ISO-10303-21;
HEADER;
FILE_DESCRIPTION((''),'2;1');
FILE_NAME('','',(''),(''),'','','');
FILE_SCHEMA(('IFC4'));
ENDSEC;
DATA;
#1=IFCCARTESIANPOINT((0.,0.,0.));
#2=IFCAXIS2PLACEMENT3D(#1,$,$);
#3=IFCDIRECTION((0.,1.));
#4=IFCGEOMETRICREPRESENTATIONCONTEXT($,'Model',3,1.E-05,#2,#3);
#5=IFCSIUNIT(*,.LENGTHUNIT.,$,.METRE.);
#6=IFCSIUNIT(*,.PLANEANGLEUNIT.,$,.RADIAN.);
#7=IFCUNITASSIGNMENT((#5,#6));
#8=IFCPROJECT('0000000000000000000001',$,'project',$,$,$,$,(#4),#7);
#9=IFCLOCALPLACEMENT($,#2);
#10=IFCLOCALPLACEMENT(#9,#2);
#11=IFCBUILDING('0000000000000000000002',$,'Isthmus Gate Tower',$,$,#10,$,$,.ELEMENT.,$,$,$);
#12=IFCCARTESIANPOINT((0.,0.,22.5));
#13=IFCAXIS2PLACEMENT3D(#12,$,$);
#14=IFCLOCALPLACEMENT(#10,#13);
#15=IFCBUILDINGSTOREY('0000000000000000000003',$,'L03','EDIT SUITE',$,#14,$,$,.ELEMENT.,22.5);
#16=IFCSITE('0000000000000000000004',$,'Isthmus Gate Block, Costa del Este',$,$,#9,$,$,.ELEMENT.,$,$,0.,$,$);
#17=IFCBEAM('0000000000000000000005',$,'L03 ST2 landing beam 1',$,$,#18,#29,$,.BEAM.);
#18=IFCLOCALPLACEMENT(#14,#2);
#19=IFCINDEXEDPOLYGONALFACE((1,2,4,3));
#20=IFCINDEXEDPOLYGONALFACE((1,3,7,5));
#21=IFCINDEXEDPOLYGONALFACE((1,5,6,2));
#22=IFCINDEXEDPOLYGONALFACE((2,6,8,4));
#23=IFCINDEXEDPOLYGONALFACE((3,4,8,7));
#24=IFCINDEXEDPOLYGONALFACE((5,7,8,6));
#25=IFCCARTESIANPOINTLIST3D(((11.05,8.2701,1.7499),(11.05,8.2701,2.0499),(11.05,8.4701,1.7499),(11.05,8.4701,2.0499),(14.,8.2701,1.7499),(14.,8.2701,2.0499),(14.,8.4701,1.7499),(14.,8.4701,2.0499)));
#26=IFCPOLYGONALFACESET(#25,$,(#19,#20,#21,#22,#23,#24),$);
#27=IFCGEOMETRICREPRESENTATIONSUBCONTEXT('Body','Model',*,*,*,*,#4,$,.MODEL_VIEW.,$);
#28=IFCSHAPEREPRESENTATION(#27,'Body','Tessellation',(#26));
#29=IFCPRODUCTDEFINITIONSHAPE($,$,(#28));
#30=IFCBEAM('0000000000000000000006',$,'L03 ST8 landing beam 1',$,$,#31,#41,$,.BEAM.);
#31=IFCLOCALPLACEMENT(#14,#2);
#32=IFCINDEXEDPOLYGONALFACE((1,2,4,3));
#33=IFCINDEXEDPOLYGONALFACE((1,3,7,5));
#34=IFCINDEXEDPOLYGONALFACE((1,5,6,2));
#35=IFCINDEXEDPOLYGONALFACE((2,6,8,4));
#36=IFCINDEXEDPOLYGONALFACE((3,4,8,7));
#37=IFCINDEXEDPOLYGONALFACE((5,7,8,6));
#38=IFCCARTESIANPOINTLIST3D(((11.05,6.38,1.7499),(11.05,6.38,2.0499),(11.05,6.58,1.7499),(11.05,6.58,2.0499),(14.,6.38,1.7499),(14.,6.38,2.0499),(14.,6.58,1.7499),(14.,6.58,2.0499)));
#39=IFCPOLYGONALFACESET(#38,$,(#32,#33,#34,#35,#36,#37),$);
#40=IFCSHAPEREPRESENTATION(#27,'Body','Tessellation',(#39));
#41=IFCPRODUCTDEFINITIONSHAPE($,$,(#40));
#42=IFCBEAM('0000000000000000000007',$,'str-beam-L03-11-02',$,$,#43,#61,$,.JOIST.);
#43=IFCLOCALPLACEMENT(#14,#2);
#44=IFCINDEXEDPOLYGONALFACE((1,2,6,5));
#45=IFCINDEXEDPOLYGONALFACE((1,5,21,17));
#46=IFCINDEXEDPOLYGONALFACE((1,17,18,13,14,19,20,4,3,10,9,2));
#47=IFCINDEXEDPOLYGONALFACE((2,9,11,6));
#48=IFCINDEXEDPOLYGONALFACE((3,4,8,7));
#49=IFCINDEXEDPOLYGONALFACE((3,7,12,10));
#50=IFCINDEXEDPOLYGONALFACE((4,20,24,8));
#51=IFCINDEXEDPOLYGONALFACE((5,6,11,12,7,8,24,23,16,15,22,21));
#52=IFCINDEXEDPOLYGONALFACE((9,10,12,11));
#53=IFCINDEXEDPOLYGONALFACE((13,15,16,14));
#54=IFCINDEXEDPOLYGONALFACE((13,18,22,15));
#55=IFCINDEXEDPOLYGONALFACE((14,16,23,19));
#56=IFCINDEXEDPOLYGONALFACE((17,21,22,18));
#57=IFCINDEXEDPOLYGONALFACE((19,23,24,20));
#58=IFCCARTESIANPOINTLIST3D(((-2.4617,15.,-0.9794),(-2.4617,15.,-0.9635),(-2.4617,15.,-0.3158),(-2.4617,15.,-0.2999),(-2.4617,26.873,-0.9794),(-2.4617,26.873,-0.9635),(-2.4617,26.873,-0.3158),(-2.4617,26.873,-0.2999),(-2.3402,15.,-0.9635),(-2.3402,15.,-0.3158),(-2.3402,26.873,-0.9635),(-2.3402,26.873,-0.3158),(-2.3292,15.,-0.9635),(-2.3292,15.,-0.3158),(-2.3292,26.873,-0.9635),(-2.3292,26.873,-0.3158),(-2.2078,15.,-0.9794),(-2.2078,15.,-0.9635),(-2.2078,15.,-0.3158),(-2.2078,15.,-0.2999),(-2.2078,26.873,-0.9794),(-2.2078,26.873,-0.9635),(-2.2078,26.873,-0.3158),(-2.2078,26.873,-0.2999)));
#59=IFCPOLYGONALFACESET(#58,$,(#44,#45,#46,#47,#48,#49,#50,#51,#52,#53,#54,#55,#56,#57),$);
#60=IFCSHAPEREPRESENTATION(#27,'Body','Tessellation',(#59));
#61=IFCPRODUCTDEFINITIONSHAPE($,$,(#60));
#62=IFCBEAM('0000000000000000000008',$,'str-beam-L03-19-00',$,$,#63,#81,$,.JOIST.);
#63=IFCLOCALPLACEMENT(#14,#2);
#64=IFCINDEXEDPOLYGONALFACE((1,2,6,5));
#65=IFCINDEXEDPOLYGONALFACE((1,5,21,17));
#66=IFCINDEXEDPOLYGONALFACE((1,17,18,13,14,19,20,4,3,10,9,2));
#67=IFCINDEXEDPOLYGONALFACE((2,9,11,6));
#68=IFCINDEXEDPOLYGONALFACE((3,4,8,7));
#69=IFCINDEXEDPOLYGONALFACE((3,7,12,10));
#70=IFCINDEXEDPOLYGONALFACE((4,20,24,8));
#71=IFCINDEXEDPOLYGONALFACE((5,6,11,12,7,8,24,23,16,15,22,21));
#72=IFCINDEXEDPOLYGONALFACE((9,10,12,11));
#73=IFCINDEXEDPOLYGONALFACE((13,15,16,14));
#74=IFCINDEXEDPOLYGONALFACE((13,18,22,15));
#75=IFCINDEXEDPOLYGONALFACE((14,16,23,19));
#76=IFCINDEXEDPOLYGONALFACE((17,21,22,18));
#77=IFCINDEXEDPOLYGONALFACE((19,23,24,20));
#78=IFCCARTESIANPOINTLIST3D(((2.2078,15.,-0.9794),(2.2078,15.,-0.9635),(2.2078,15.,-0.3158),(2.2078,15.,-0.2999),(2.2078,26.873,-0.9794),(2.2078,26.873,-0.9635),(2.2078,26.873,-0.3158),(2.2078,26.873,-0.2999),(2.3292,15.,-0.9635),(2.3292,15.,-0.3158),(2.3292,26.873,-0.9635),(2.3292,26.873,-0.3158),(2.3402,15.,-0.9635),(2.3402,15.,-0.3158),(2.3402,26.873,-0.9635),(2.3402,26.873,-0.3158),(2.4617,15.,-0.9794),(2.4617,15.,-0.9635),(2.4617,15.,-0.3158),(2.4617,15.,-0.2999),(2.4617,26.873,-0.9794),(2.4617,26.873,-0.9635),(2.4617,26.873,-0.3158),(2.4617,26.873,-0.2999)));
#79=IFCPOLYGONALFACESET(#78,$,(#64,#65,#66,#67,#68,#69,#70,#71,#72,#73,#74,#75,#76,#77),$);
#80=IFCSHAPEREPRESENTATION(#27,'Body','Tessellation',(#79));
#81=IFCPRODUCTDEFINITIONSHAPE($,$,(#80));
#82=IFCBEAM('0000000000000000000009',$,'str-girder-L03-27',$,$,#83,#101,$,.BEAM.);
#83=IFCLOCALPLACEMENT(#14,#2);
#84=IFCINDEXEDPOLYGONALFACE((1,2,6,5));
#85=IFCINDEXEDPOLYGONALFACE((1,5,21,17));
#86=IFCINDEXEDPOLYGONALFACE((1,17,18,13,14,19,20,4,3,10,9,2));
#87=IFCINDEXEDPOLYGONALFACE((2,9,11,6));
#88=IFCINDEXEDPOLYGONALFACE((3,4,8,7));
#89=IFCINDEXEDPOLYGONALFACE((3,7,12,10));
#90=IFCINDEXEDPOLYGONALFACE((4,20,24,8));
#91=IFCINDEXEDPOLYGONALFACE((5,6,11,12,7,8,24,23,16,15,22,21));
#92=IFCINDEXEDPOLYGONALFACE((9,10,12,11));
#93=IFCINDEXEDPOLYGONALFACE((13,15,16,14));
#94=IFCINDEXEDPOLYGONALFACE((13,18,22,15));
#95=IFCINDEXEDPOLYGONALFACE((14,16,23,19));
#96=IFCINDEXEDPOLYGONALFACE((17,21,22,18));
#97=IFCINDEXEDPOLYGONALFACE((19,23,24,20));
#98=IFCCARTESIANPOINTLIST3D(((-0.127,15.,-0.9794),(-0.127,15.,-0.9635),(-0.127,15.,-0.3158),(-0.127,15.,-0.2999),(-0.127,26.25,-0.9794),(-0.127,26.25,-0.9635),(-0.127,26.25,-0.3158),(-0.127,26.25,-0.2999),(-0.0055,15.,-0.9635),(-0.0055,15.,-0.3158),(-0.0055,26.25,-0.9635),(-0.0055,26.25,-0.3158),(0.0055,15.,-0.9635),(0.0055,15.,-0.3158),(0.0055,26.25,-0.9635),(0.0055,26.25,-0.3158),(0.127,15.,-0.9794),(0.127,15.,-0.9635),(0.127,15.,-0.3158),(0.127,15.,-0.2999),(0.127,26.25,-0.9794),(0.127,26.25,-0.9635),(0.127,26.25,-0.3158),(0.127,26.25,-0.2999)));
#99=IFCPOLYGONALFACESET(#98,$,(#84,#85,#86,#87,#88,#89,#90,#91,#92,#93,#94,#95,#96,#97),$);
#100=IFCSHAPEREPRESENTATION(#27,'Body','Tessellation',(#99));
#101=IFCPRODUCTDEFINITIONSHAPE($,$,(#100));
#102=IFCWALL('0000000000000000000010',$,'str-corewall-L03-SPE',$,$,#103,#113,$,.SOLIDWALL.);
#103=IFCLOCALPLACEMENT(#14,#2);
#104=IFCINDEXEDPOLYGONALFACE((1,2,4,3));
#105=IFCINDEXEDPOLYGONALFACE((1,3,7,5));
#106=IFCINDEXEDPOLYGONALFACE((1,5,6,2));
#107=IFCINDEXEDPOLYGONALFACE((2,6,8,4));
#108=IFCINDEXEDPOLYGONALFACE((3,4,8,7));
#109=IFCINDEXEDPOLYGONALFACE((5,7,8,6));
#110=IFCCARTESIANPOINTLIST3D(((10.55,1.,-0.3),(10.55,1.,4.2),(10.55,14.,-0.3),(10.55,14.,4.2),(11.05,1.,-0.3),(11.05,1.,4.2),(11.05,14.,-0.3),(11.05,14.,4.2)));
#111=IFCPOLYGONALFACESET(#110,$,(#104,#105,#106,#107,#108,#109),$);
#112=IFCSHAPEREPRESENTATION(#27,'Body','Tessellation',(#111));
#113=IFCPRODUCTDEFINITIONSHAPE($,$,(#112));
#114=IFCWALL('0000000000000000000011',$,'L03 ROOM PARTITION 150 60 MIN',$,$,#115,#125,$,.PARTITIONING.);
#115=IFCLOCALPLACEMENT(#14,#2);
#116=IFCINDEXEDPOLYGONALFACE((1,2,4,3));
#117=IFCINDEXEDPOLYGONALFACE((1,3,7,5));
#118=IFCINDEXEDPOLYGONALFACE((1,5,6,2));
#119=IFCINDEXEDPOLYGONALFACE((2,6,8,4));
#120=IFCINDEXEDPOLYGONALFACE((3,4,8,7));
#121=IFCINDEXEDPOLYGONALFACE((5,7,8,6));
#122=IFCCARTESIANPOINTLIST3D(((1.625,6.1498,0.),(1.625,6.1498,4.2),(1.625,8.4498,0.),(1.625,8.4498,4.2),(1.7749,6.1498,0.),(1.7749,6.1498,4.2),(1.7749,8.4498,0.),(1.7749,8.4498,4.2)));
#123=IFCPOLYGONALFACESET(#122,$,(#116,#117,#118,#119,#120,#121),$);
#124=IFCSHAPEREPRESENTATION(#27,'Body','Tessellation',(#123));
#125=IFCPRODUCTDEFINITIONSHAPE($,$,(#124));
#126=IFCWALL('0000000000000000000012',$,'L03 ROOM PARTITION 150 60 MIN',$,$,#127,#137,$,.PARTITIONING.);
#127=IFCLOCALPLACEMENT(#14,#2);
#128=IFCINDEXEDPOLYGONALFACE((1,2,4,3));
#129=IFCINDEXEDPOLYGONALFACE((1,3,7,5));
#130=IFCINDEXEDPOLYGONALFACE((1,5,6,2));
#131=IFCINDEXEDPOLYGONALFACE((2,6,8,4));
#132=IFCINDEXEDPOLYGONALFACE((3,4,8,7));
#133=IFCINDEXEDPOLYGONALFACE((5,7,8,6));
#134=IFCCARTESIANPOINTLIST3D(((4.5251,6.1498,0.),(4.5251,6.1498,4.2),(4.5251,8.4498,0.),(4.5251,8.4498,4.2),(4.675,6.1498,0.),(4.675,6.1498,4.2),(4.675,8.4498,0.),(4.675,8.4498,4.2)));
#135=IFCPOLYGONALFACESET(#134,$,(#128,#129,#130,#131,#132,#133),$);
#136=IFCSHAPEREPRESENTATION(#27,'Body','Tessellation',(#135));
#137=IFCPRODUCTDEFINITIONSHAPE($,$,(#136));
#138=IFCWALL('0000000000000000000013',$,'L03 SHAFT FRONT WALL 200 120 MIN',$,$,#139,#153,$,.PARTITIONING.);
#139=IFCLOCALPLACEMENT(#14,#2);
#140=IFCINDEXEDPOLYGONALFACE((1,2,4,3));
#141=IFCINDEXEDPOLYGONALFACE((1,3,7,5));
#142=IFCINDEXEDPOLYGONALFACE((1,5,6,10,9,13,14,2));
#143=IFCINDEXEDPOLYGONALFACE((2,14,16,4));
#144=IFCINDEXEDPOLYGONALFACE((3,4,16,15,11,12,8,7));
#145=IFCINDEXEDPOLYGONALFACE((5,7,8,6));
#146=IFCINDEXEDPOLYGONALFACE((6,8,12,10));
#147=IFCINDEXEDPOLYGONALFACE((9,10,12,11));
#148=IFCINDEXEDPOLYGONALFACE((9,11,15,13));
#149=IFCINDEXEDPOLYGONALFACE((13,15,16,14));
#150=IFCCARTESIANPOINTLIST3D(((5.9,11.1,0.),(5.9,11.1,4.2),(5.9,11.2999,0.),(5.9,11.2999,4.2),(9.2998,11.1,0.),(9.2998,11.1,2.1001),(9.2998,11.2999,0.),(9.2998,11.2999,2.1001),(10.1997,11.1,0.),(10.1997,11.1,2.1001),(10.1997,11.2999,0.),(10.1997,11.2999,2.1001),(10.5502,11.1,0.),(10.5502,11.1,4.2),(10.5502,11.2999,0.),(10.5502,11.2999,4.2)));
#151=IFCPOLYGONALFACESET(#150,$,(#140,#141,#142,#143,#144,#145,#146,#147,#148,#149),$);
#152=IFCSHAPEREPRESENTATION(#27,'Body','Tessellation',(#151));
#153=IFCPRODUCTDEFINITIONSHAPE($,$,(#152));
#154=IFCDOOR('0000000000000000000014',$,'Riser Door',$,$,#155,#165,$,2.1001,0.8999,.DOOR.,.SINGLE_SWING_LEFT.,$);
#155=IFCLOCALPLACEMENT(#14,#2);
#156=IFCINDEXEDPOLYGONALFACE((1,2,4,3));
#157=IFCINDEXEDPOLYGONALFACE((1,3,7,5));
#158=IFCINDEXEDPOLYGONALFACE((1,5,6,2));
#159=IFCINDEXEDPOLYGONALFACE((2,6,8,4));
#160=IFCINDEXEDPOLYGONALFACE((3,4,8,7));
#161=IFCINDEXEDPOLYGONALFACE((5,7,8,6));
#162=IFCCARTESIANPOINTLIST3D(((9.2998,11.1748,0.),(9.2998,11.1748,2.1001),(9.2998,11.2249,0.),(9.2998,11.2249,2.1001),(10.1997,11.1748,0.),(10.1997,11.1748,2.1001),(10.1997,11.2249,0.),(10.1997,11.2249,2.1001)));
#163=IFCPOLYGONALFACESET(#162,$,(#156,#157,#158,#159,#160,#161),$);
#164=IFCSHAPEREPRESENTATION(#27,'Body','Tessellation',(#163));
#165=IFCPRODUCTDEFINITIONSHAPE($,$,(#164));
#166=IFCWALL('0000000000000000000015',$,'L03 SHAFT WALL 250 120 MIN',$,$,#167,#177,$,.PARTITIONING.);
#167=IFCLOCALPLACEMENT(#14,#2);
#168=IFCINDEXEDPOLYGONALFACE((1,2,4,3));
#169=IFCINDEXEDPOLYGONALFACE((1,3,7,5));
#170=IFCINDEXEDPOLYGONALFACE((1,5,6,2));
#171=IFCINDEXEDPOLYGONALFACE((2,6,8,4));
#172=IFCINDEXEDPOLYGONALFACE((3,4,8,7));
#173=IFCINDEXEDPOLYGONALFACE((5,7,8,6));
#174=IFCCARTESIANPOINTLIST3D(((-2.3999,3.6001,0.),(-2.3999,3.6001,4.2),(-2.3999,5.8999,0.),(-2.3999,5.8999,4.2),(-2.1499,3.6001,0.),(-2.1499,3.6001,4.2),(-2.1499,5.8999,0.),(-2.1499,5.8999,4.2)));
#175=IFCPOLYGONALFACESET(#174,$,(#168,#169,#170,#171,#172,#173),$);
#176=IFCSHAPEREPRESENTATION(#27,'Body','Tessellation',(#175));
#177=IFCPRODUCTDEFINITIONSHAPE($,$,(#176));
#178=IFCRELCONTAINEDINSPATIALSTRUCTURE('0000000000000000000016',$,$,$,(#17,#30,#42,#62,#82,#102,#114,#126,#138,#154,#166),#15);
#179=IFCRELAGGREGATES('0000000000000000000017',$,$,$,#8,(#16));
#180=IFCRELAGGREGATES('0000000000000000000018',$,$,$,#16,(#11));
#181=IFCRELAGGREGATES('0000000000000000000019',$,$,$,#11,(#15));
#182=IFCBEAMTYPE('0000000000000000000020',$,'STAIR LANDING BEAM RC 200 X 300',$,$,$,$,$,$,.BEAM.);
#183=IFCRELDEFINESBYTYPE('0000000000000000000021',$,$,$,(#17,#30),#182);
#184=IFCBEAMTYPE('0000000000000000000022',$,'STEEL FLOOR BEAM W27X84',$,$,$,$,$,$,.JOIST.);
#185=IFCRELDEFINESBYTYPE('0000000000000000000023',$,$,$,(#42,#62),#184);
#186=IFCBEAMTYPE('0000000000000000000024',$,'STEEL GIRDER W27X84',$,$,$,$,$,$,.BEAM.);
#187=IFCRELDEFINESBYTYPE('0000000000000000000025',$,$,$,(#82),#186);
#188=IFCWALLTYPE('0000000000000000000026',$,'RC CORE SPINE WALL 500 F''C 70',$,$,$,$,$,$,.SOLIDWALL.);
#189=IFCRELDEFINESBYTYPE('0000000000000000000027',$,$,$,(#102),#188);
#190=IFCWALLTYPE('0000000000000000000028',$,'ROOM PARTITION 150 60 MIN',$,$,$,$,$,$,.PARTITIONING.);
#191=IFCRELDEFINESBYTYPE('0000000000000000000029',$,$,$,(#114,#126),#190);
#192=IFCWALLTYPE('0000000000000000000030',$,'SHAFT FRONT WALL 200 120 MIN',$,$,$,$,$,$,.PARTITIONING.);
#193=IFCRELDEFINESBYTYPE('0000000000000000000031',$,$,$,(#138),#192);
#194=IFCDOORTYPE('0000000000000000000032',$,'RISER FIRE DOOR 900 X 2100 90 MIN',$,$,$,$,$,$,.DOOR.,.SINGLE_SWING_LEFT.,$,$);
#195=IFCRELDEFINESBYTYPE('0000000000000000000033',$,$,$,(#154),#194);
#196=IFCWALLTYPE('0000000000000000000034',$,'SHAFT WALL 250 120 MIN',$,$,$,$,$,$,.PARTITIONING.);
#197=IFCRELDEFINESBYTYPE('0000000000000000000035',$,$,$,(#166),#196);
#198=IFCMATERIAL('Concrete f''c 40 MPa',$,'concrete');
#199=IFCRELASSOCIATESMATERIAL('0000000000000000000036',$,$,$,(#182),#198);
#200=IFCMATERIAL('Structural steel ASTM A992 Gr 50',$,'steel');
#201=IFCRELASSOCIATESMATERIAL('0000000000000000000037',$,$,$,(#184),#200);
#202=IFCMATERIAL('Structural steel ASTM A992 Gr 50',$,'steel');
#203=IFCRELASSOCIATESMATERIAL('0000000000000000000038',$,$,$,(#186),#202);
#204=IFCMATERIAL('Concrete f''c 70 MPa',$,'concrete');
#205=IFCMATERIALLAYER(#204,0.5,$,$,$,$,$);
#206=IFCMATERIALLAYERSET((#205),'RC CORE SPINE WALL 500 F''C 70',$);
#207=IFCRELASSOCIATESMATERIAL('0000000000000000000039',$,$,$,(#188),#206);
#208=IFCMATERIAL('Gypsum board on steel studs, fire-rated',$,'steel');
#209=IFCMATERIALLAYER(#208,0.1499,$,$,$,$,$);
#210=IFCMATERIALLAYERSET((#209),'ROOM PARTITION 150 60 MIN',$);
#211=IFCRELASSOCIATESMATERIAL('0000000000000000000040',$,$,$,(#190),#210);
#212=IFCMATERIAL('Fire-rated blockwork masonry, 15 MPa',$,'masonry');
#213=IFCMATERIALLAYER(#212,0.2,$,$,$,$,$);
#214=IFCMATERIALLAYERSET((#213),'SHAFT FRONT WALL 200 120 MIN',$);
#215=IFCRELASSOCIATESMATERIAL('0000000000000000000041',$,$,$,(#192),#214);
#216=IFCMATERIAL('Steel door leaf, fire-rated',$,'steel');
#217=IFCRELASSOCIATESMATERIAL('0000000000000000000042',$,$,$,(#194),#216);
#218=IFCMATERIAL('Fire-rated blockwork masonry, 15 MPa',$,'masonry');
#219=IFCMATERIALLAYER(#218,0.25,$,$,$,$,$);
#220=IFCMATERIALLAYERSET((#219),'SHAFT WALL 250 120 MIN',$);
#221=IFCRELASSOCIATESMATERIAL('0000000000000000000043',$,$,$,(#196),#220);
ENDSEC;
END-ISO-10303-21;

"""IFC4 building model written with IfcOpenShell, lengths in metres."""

from ifc_helpers import new_model, si_unit, direction, frame, frame_2d, origin, origin_2d, place, context, subcontext, project, spatial, rectangle, i_section, extrude, material, layer, layer_set, material_profile, profile_set, type_object, element, fill, save


model = new_model("IFC4")

# Units and contexts
model_context = context("Model", 3, precision=1e-05, world=origin(), true_north=direction((0.0, 1.0)))
body_context = subcontext(model_context, "Body", "Model", "MODEL_VIEW")
ifc_project = project(units=[si_unit("LENGTHUNIT", "METRE"), si_unit("PLANEANGLEUNIT", "RADIAN")], contexts=[model_context])

# Site, building, storey
site_placement = place(None, origin())
site = spatial("IfcSite", under=ifc_project, at=site_placement, Name="Isthmus Gate Block, Costa del Este", CompositionType="ELEMENT", RefElevation=0.0)
building_placement = place(site_placement, origin())
building = spatial("IfcBuilding", under=site, at=building_placement, Name="Isthmus Gate Tower", CompositionType="ELEMENT")
storey_placement = place(building_placement, frame((0.0, 0.0, 22.5)))
storey = spatial("IfcBuildingStorey", under=building, at=storey_placement, Name="L03", Description="EDIT SUITE", CompositionType="ELEMENT", Elevation=22.5)

# Beams
ifc_material_1 = material(Name="Concrete f'c 40 MPa", Category="concrete")
ifc_material_profile_1 = material_profile(ifc_material_1, rectangle(XDim=0.2, YDim=0.3, at=origin_2d()), Name="STAIR LANDING BEAM RC 200 X 300")
ifc_profile_set_1 = profile_set([ifc_material_profile_1], Name="Concrete f'c 40 MPa")
beam_type_1 = type_object("IfcBeamType", Name="STAIR LANDING BEAM RC 200 X 300", PredefinedType="BEAM", material=ifc_profile_set_1)
for number, where, z_axis, x_axis, name in (
    (1, (11.05, 8.3701, 1.8999), (1.0, 0.0, 0.0), (0.0, 1.0, 0.0), "L03 ST2 landing beam 1"),
    (2, (11.05, 6.48, 1.8999), (1.0, 0.0, 0.0), (0.0, 1.0, 0.0), "L03 ST8 landing beam 1"),
):
    element("IfcBeam", number, at=place(storey_placement, frame(where, z_axis=z_axis, x_axis=x_axis)), inside=storey, type_object=beam_type_1, Name=name, PredefinedType="BEAM", context=body_context, shape_type="SweptSolid", body=[
        extrude(rectangle(XDim=0.2, YDim=0.3, at=origin_2d()), origin(), (0.0, 0.0, 1.0), 2.95),
    ])
ifc_material_2 = material(Name="Structural steel ASTM A992 Gr 50", Category="steel")
ifc_material_profile_2 = material_profile(ifc_material_2, i_section(OverallWidth=0.2539, OverallDepth=0.6794, WebThickness=0.011, FlangeThickness=0.0159, at=origin_2d()), Name="W27X84")
ifc_profile_set_2 = profile_set([ifc_material_profile_2], Name="Structural steel ASTM A992 Gr 50")
beam_type_2 = type_object("IfcBeamType", Name="STEEL FLOOR BEAM W27X84", PredefinedType="JOIST", material=ifc_profile_set_2)
for number, where, z_axis, x_axis, name in (
    (3, (-2.3347, 15.0, -0.6396), (0.0, 1.0, 0.0), (-1.0, 0.0, 0.0), "str-beam-L03-11-02"),
    (4, (2.3347, 15.0, -0.6396), (0.0, 1.0, 0.0), (-1.0, 0.0, 0.0), "str-beam-L03-19-00"),
):
    element("IfcBeam", number, at=place(storey_placement, frame(where, z_axis=z_axis, x_axis=x_axis)), inside=storey, type_object=beam_type_2, Name=name, PredefinedType="JOIST", context=body_context, shape_type="SweptSolid", body=[
        extrude(i_section(OverallWidth=0.2539, OverallDepth=0.6794, WebThickness=0.011, FlangeThickness=0.0159, at=origin_2d()), origin(), (0.0, 0.0, 1.0), 11.873),
    ])
ifc_material_3 = material(Name="Structural steel ASTM A992 Gr 50", Category="steel")
ifc_material_profile_3 = material_profile(ifc_material_3, i_section(OverallWidth=0.2539, OverallDepth=0.6794, WebThickness=0.011, FlangeThickness=0.0159, at=origin_2d()), Name="W27X84")
ifc_profile_set_3 = profile_set([ifc_material_profile_3], Name="Structural steel ASTM A992 Gr 50")
beam_type_3 = type_object("IfcBeamType", Name="STEEL GIRDER W27X84", PredefinedType="BEAM", material=ifc_profile_set_3)
beam_placement = place(storey_placement, frame((0.0, 15.0, -0.6396), z_axis=(0.0, 1.0, 0.0), x_axis=(-1.0, 0.0, 0.0)))
element("IfcBeam", 5, at=beam_placement, inside=storey, type_object=beam_type_3, Name="str-girder-L03-27", PredefinedType="BEAM", context=body_context, shape_type="SweptSolid", body=[
    extrude(i_section(OverallWidth=0.2539, OverallDepth=0.6794, WebThickness=0.011, FlangeThickness=0.0159, at=origin_2d()), origin(), (0.0, 0.0, 1.0), 11.25),
])

# Walls
ifc_material_4 = material(Name="Concrete f'c 70 MPa", Category="concrete")
ifc_layer_1 = layer(ifc_material_4, 0.5)
ifc_layer_set_1 = layer_set([ifc_layer_1], Name="RC CORE SPINE WALL 500 F'C 70")
wall_type_1 = type_object("IfcWallType", Name="RC CORE SPINE WALL 500 F'C 70", PredefinedType="SOLIDWALL", material=ifc_layer_set_1)
wall_1_placement = place(storey_placement, frame((10.8, 1.0, -0.3), z_axis=(0.0, 0.0, 1.0), x_axis=(0.0, 1.0, 0.0)))
element("IfcWall", 6, at=wall_1_placement, inside=storey, type_object=wall_type_1, Name="str-corewall-L03-SPE", PredefinedType="SOLIDWALL", context=body_context, shape_type="SweptSolid", body=[
    extrude(rectangle(XDim=13.0, YDim=0.5, at=frame_2d((6.5, 0.0))), origin(), (0.0, 0.0, 1.0), 4.5),
])
ifc_material_5 = material(Name="Gypsum board on steel studs, fire-rated", Category="steel")
ifc_layer_2 = layer(ifc_material_5, 0.1499)
ifc_layer_set_2 = layer_set([ifc_layer_2], Name="ROOM PARTITION 150 60 MIN")
wall_type_2 = type_object("IfcWallType", Name="ROOM PARTITION 150 60 MIN", PredefinedType="PARTITIONING", material=ifc_layer_set_2)
for number, where, z_axis, x_axis, name in (
    (7, (1.7, 6.1499, 0.0), (0.0, 0.0, 1.0), (0.0, 1.0, 0.0), "L03 ROOM PARTITION 150 60 MIN"),
    (8, (4.6001, 6.1499, 0.0), (0.0, 0.0, 1.0), (0.0, 1.0, 0.0), "L03 ROOM PARTITION 150 60 MIN"),
):
    element("IfcWall", number, at=place(storey_placement, frame(where, z_axis=z_axis, x_axis=x_axis)), inside=storey, type_object=wall_type_2, Name=name, PredefinedType="PARTITIONING", context=body_context, shape_type="SweptSolid", body=[
        extrude(rectangle(XDim=2.3, YDim=0.1499, at=frame_2d((1.1499, 0.0))), origin(), (0.0, 0.0, 1.0), 4.2),
    ])

# Wall, opening, door
ifc_material_6 = material(Name="Fire-rated blockwork masonry, 15 MPa", Category="masonry")
ifc_layer_3 = layer(ifc_material_6, 0.2)
ifc_layer_set_3 = layer_set([ifc_layer_3], Name="SHAFT FRONT WALL 200 120 MIN")
wall_type_3 = type_object("IfcWallType", Name="SHAFT FRONT WALL 200 120 MIN", PredefinedType="PARTITIONING", material=ifc_layer_set_3)
wall_2_placement = place(storey_placement, frame((5.8999, 11.2, 0.0), z_axis=(0.0, 0.0, 1.0), x_axis=(1.0, 0.0, 0.0)))
wall_2 = element("IfcWall", 9, at=wall_2_placement, inside=storey, type_object=wall_type_3, Name="L03 SHAFT FRONT WALL 200 120 MIN", PredefinedType="PARTITIONING", context=body_context, shape_type="SweptSolid", body=[
    extrude(rectangle(XDim=4.6501, YDim=0.2, at=frame_2d((2.3252, 0.0))), origin(), (0.0, 0.0, 1.0), 4.2),
])
opening_placement = place(wall_2_placement, frame((3.3999, 0.0, 0.0)))
opening = element("IfcOpeningElement", 10, at=opening_placement, cuts=wall_2, PredefinedType="OPENING", context=body_context, shape_type="SweptSolid", body=[
    extrude(rectangle(XDim=0.8999, YDim=2.1001, at=frame_2d((0.45, 1.05))), frame((0.0, 0.1099, 0.0), z_axis=(0.0, -1.0, 0.0), x_axis=(1.0, 0.0, 0.0)), (0.0, 0.0, 1.0), 0.22),
])
ifc_material_7 = material(Name="Steel door leaf, fire-rated", Category="steel")
door_type = type_object("IfcDoorType", Name="RISER FIRE DOOR 900 X 2100 90 MIN", OperationType="SINGLE_SWING_LEFT", PredefinedType="DOOR", material=ifc_material_7)
door_placement = place(opening_placement, origin())
door = element("IfcDoor", 11, at=door_placement, inside=storey, type_object=door_type, Name="Riser Door", OperationType="SINGLE_SWING_LEFT", OverallHeight=2.1001, OverallWidth=0.8999, PredefinedType="DOOR", context=body_context, shape_type="SweptSolid", body=[
    extrude(rectangle(XDim=0.8999, YDim=2.1001, at=frame_2d((0.45, 1.05))), frame((0.0, 0.0249, 0.0), z_axis=(0.0, -1.0, 0.0), x_axis=(1.0, 0.0, 0.0)), (0.0, 0.0, 1.0), 0.05),
])
fill(opening, door)

# Wall
ifc_material_8 = material(Name="Fire-rated blockwork masonry, 15 MPa", Category="masonry")
ifc_layer_4 = layer(ifc_material_8, 0.25)
ifc_layer_set_4 = layer_set([ifc_layer_4], Name="SHAFT WALL 250 120 MIN")
wall_type_4 = type_object("IfcWallType", Name="SHAFT WALL 250 120 MIN", PredefinedType="PARTITIONING", material=ifc_layer_set_4)
for number, where, z_axis, x_axis, name in (
    (12, (-2.2749, 3.6001, 0.0), (0.0, 0.0, 1.0), (0.0, 1.0, 0.0), "L03 SHAFT WALL 250 120 MIN"),
):
    element("IfcWall", number, at=place(storey_placement, frame(where, z_axis=z_axis, x_axis=x_axis)), inside=storey, type_object=wall_type_4, Name=name, PredefinedType="PARTITIONING", context=body_context, shape_type="SweptSolid", body=[
        extrude(rectangle(XDim=2.2998, YDim=0.25, at=frame_2d((1.1499, 0.0))), origin(), (0.0, 0.0, 1.0), 4.2),
    ])

save(model, "model.ifc")
